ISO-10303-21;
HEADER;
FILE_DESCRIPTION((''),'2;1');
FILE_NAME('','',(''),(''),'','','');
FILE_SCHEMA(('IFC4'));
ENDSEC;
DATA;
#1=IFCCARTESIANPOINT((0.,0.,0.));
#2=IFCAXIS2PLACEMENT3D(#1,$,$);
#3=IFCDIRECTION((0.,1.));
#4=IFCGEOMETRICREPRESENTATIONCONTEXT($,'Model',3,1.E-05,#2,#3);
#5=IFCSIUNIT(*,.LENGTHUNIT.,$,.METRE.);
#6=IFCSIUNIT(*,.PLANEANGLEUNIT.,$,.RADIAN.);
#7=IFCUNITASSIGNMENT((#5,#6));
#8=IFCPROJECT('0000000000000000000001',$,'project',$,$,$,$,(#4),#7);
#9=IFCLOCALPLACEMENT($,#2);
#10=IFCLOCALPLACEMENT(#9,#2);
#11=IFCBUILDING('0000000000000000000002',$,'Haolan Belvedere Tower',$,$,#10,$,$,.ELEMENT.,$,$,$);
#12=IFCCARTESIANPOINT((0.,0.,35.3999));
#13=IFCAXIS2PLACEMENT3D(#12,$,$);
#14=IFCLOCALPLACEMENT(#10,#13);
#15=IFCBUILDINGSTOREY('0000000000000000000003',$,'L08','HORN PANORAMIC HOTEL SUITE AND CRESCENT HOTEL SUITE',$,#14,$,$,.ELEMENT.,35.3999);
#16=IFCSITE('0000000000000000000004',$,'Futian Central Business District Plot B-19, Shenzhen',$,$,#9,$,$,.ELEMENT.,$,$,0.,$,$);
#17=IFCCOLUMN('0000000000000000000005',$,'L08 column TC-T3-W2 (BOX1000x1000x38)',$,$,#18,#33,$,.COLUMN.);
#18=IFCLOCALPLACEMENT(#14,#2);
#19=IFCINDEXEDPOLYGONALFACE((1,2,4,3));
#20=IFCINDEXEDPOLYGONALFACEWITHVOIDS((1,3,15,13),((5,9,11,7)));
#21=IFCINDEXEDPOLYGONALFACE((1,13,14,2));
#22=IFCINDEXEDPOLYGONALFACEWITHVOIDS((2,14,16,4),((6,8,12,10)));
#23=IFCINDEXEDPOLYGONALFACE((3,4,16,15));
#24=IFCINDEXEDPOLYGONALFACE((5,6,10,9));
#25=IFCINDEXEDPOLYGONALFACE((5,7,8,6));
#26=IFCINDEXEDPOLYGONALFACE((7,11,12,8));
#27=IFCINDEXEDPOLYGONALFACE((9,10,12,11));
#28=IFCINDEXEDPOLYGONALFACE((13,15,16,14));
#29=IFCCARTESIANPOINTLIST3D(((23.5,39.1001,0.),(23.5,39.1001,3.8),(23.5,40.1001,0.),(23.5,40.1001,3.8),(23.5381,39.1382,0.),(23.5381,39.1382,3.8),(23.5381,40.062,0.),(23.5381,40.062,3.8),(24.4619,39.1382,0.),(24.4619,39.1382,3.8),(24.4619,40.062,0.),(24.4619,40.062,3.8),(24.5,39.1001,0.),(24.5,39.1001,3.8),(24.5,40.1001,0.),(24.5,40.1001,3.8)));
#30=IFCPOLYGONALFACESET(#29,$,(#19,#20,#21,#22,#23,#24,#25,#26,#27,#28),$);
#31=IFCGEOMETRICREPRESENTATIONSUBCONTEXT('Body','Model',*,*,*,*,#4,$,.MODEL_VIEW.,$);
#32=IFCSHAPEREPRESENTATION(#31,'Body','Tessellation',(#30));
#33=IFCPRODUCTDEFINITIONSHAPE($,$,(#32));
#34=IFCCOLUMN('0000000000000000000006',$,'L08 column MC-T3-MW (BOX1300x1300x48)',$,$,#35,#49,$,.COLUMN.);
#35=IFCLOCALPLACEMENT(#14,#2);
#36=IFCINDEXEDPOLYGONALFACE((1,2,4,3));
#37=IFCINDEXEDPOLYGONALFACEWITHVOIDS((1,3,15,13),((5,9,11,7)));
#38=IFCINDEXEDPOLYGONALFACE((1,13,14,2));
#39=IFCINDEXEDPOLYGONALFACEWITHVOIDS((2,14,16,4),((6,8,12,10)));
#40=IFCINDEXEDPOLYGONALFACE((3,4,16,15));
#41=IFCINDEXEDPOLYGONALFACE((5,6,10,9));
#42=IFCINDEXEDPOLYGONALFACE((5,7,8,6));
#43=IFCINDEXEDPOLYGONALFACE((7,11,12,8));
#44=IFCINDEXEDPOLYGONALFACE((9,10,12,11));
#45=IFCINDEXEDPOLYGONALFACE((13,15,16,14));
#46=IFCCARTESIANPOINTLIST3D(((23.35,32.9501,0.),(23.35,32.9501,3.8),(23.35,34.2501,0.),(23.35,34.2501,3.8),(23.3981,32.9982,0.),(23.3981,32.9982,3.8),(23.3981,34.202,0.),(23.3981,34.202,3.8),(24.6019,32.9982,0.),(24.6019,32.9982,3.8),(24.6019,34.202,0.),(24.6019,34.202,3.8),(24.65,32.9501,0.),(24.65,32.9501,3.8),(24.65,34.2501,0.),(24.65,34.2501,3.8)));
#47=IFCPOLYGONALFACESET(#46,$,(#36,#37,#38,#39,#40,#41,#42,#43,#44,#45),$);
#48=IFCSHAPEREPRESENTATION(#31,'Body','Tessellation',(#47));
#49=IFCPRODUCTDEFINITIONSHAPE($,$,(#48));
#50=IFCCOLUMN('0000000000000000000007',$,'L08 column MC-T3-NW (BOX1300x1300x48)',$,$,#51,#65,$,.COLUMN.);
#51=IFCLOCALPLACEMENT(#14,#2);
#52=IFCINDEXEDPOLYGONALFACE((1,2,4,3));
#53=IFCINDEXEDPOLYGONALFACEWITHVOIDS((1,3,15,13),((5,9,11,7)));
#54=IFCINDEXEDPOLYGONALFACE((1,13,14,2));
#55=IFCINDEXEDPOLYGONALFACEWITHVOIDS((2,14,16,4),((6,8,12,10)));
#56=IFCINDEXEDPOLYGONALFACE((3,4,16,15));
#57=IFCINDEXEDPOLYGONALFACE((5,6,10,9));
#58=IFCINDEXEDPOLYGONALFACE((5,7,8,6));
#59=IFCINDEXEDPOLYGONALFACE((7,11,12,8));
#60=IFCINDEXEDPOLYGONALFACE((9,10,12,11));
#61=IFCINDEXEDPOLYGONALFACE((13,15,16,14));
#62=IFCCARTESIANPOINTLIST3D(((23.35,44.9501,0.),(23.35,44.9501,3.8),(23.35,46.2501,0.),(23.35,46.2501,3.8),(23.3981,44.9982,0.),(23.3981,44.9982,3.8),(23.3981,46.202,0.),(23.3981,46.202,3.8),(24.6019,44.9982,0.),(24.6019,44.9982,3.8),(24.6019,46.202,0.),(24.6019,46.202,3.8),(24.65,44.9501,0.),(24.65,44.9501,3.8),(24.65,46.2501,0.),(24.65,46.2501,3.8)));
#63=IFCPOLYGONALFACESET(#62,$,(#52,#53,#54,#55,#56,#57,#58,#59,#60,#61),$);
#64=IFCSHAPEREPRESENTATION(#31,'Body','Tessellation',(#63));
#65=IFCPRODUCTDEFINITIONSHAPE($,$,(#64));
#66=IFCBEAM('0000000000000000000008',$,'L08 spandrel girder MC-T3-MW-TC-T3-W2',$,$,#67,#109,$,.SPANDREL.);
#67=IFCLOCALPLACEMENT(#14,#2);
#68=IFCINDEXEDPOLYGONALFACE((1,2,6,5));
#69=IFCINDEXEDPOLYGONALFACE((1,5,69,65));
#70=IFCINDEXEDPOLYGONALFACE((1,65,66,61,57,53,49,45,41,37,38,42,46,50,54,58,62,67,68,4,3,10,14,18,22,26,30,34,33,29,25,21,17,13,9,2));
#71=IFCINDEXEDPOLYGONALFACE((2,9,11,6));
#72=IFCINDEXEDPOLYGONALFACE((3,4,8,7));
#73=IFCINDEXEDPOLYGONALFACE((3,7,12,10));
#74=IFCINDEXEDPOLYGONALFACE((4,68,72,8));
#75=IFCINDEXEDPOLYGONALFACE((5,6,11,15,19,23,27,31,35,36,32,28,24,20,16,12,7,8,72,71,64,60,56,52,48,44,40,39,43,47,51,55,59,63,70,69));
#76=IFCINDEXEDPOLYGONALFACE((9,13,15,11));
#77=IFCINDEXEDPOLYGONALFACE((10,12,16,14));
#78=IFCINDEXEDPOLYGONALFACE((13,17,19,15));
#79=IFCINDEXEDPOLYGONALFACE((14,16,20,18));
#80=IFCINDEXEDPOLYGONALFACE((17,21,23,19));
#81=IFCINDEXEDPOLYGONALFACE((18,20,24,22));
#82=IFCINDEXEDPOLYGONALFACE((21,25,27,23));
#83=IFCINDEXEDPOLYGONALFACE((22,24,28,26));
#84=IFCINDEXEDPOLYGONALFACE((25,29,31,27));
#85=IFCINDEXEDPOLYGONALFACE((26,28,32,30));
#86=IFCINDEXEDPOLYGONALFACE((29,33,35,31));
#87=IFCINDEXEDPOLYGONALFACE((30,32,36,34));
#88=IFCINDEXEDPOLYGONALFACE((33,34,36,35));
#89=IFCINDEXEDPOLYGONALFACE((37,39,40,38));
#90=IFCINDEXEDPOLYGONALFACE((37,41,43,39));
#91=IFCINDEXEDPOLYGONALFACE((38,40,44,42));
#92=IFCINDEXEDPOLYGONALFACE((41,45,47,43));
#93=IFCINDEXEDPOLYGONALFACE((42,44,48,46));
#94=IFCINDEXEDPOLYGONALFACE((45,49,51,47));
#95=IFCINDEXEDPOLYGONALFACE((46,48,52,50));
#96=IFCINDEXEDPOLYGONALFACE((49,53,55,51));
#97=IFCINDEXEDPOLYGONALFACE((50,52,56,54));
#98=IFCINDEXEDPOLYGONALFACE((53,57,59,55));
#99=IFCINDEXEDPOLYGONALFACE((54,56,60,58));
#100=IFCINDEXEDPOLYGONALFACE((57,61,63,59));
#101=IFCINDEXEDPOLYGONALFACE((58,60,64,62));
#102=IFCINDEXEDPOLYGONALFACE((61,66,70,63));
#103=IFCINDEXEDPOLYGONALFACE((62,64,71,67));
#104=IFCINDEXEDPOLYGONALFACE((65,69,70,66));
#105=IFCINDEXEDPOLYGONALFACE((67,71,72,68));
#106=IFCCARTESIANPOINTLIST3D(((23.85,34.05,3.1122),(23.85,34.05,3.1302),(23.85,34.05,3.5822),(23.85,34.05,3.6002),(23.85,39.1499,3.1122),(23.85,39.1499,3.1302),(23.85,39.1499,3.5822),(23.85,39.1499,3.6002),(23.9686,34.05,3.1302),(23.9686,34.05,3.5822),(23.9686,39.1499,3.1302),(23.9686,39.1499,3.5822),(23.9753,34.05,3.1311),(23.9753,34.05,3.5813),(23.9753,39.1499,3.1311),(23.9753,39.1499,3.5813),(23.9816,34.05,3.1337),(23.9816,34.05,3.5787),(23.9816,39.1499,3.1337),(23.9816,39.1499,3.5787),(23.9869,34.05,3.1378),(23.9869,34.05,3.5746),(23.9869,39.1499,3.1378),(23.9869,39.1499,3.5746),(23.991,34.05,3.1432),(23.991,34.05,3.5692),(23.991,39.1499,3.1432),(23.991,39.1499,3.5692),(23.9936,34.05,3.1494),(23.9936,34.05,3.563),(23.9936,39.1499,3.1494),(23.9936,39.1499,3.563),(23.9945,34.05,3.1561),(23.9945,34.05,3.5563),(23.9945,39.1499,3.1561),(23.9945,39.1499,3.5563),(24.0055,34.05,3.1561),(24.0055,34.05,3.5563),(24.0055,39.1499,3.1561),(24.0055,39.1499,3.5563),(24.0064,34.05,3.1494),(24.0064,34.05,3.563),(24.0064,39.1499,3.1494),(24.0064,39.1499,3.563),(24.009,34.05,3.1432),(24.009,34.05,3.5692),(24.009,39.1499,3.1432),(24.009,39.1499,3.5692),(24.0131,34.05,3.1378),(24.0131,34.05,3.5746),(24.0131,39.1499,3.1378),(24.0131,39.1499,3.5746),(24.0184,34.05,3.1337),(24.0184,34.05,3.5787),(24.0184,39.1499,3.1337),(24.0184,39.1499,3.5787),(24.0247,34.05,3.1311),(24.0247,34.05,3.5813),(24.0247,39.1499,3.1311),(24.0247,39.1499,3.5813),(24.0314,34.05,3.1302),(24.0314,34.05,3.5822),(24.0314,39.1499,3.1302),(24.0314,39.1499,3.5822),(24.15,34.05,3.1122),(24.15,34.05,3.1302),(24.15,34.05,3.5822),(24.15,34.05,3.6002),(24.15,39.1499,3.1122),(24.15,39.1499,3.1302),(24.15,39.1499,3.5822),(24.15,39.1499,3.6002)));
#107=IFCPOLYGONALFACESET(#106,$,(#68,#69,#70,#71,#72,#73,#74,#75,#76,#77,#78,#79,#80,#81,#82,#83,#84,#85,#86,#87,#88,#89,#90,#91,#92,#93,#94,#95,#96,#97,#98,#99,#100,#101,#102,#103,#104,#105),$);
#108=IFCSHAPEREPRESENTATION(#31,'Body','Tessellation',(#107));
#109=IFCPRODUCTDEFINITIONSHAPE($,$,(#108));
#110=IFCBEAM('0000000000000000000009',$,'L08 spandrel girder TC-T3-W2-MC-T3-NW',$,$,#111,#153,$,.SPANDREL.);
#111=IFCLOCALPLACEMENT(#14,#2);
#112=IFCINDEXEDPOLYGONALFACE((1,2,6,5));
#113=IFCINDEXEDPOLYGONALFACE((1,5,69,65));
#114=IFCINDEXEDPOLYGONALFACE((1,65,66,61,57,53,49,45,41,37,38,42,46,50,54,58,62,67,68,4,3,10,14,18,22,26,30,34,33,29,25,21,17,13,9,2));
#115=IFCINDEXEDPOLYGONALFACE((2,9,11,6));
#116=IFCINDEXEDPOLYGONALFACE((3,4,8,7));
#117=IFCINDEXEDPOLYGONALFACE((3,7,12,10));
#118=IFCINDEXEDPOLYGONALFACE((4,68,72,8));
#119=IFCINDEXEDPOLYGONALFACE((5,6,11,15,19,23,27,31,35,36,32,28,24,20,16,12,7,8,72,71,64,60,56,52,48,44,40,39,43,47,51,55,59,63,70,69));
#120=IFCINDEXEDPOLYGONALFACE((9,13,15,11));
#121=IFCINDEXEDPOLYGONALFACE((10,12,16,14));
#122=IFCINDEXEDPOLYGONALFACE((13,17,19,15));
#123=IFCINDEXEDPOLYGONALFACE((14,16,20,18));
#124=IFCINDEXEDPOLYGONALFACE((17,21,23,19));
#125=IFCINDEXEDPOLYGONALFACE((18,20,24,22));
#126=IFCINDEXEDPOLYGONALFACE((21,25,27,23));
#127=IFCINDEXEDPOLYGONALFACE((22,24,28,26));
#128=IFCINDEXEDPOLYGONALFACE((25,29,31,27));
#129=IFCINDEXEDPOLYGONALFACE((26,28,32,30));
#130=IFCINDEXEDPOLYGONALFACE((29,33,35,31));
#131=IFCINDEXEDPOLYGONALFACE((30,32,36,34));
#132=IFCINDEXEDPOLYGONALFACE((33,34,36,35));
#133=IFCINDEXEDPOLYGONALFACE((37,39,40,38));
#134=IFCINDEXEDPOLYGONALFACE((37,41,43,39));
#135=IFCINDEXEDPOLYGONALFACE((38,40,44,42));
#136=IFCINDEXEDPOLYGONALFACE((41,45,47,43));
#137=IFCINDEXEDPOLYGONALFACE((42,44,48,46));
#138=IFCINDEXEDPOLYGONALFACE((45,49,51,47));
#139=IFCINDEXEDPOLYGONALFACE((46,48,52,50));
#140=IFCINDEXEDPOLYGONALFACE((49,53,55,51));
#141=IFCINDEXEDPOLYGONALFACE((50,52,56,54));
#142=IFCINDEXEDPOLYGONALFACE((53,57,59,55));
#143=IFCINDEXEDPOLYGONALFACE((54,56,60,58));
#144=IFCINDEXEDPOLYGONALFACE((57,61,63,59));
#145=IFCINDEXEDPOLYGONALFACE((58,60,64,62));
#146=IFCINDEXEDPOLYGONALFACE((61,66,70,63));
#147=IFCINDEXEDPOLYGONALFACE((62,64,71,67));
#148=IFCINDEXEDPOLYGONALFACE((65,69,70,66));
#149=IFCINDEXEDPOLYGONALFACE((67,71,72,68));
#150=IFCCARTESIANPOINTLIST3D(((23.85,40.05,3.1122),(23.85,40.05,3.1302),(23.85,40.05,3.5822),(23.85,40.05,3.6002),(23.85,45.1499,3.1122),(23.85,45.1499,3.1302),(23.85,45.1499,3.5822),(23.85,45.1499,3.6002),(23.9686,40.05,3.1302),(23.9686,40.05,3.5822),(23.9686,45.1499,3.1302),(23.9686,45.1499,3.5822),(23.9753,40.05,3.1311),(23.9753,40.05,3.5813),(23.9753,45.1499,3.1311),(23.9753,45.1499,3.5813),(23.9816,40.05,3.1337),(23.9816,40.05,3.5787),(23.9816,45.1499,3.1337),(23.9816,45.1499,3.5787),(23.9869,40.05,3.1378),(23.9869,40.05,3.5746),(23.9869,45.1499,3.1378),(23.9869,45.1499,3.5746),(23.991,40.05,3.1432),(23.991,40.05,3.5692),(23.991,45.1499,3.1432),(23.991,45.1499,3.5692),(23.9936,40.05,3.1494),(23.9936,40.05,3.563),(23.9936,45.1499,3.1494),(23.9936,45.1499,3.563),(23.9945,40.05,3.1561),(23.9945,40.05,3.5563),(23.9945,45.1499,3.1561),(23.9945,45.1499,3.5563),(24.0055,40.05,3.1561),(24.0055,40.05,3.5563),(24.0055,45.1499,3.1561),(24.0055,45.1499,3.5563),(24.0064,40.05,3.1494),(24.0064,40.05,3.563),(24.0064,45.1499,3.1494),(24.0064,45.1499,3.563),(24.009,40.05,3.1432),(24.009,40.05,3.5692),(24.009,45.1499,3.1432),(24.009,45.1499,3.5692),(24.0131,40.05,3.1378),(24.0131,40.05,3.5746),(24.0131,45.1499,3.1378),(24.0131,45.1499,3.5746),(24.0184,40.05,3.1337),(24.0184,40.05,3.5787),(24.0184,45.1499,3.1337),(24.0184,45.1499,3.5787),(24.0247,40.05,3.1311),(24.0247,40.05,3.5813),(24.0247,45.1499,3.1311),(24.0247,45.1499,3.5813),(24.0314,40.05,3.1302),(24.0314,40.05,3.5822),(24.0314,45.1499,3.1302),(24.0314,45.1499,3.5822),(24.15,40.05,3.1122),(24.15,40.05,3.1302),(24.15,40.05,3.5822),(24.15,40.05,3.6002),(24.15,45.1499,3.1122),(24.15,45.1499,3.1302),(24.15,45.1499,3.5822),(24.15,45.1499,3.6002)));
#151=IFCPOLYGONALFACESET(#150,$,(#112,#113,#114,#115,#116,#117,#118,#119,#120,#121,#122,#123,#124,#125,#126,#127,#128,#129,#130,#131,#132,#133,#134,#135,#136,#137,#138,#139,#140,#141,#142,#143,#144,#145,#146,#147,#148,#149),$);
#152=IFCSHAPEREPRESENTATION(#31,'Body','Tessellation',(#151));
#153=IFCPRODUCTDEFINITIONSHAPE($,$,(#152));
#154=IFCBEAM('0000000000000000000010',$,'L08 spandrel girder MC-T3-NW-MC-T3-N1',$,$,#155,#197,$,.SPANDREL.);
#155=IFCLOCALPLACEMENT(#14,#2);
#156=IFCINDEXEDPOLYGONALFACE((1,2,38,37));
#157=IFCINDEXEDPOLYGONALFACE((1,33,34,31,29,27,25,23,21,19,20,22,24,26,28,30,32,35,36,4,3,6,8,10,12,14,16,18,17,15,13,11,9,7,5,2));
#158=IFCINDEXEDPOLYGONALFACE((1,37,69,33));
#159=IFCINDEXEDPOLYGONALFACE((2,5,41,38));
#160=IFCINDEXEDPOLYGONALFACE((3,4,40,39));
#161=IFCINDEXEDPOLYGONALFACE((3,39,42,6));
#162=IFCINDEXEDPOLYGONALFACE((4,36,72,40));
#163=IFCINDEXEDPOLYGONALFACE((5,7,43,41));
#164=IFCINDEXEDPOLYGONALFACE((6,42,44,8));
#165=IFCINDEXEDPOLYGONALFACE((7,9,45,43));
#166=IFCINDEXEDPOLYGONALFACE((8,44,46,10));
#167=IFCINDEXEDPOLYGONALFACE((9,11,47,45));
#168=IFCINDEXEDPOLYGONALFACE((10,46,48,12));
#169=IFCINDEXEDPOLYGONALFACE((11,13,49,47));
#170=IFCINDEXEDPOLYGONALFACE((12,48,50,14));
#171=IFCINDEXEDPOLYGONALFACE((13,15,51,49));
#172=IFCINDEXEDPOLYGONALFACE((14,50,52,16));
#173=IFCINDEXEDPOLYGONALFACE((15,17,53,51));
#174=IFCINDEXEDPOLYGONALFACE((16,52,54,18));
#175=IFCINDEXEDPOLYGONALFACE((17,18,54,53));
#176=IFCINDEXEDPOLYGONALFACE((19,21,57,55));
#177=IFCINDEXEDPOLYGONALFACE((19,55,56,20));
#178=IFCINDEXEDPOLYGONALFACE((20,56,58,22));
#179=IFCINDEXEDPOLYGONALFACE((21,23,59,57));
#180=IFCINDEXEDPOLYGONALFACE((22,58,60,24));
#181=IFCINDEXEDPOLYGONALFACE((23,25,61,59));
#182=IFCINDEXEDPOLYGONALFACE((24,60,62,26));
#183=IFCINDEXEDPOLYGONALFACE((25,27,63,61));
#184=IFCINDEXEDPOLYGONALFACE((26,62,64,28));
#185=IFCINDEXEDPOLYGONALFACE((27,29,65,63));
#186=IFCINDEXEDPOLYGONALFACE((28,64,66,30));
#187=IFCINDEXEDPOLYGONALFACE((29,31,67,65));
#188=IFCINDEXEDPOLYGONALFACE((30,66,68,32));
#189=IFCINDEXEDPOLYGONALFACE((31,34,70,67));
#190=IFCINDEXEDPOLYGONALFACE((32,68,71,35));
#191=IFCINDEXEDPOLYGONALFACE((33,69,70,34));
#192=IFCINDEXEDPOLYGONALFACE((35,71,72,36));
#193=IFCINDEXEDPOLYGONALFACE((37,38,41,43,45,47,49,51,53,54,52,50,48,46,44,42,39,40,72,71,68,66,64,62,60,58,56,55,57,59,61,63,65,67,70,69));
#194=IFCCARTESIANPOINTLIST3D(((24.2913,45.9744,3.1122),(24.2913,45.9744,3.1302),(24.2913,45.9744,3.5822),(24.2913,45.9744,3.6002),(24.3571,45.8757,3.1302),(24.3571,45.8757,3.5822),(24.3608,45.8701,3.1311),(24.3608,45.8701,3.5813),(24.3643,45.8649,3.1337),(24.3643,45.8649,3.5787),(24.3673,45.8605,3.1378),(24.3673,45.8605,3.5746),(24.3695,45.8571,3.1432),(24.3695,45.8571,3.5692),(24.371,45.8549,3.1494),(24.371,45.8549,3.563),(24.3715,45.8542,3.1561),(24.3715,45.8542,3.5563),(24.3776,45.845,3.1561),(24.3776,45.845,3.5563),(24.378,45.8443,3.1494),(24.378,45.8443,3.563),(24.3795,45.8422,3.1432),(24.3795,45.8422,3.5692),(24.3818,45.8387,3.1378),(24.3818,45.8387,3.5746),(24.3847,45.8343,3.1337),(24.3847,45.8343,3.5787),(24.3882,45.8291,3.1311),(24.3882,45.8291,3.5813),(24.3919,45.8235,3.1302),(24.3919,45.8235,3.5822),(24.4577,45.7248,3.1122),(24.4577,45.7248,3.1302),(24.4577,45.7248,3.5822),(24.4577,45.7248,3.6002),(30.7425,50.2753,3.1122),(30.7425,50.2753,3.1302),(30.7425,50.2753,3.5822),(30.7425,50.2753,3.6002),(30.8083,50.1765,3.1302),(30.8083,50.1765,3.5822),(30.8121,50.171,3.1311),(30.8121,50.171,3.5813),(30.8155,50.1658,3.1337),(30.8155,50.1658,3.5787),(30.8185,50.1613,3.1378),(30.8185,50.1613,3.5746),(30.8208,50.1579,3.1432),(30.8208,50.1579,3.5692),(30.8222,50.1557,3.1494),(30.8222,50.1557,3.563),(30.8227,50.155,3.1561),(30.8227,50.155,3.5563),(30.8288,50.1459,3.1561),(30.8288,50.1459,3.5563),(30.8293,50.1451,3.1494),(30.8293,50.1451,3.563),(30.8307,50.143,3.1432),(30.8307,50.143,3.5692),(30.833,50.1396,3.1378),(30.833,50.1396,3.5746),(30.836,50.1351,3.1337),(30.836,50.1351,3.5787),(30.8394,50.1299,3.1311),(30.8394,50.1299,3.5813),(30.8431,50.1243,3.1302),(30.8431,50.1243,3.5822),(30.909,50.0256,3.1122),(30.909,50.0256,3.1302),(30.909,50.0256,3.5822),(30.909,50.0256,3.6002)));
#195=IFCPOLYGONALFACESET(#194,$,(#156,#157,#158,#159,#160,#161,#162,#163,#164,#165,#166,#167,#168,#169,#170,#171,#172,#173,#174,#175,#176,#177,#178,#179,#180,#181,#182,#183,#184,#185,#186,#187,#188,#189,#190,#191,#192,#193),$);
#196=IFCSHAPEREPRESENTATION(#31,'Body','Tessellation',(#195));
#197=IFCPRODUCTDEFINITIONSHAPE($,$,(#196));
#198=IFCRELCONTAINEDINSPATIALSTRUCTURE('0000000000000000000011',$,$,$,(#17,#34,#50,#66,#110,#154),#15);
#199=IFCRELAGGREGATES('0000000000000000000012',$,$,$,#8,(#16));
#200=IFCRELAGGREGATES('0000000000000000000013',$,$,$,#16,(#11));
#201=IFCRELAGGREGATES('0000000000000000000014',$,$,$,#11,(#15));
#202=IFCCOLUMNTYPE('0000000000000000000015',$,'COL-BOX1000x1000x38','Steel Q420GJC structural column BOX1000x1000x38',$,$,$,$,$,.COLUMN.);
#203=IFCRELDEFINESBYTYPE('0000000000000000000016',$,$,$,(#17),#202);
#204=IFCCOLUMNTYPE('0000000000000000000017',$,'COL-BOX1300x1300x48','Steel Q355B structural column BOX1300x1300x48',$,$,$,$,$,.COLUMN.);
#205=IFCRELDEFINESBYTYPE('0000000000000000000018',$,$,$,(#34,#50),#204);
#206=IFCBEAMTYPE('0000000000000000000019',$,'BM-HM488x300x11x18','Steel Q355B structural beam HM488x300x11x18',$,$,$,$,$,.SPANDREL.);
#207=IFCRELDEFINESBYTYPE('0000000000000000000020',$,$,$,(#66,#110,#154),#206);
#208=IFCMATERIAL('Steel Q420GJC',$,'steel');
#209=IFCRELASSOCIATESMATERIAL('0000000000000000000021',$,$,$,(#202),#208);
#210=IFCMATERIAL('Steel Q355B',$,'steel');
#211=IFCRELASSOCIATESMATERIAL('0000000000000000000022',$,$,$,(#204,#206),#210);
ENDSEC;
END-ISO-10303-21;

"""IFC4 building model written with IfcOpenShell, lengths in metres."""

from ifc_helpers import new_model, si_unit, direction, frame, origin, origin_2d, place, context, subcontext, project, spatial, hollow_rectangle, i_section, extrude, material, material_profile, profile_set, type_object, element, save


model = new_model("IFC4")

# Units and contexts
model_context = context("Model", 3, precision=1e-05, world=origin(), true_north=direction((0.0, 1.0)))
body_context = subcontext(model_context, "Body", "Model", "MODEL_VIEW")
ifc_project = project(units=[si_unit("LENGTHUNIT", "METRE"), si_unit("PLANEANGLEUNIT", "RADIAN")], contexts=[model_context])

# Site, building, storey
site_placement = place(None, origin())
site = spatial("IfcSite", under=ifc_project, at=site_placement, Name="Futian Central Business District Plot B-19, Shenzhen", CompositionType="ELEMENT", RefElevation=0.0)
building_placement = place(site_placement, origin())
building = spatial("IfcBuilding", under=site, at=building_placement, Name="Haolan Belvedere Tower", CompositionType="ELEMENT")
storey_placement = place(building_placement, frame((0.0, 0.0, 35.3999)))
storey = spatial("IfcBuildingStorey", under=building, at=storey_placement, Name="L08", Description="HORN PANORAMIC HOTEL SUITE AND CRESCENT HOTEL SUITE", CompositionType="ELEMENT", Elevation=35.3999)

# Columns
ifc_material_1 = material(Name="Steel Q420GJC", Category="steel")
ifc_material_profile_1 = material_profile(ifc_material_1, hollow_rectangle(XDim=1.0, YDim=1.0, WallThickness=0.0381, at=origin_2d()), Name="Steel Q420GJC")
ifc_profile_set_1 = profile_set([ifc_material_profile_1], Name="Steel Q420GJC")
column_type_1 = type_object("IfcColumnType", Name="COL-BOX1000x1000x38", Description="Steel Q420GJC structural column BOX1000x1000x38", PredefinedType="COLUMN", material=ifc_profile_set_1)
column_placement = place(storey_placement, frame((24.0, 39.6001, 0.0), z_axis=(0.0, 0.0, 1.0), x_axis=(1.0, 0.0, 0.0)))
element("IfcColumn", 1, at=column_placement, inside=storey, type_object=column_type_1, Name="L08 column TC-T3-W2 (BOX1000x1000x38)", PredefinedType="COLUMN", context=body_context, shape_type="SweptSolid", body=[
    extrude(hollow_rectangle(XDim=1.0, YDim=1.0, WallThickness=0.0381, at=origin_2d()), origin(), (0.0, 0.0, 1.0), 3.8),
])
ifc_material_2 = material(Name="Steel Q355B", Category="steel")
ifc_material_profile_2 = material_profile(ifc_material_2, hollow_rectangle(XDim=1.3, YDim=1.3, WallThickness=0.0481, at=origin_2d()), Name="Steel Q355B")
ifc_profile_set_2 = profile_set([ifc_material_profile_2], Name="Steel Q355B")
column_type_2 = type_object("IfcColumnType", Name="COL-BOX1300x1300x48", Description="Steel Q355B structural column BOX1300x1300x48", PredefinedType="COLUMN", material=ifc_profile_set_2)
for number, where, z_axis, x_axis, name in (
    (2, (24.0, 33.6001, 0.0), (0.0, 0.0, 1.0), (1.0, 0.0, 0.0), "L08 column MC-T3-MW (BOX1300x1300x48)"),
    (3, (24.0, 45.6001, 0.0), (0.0, 0.0, 1.0), (1.0, 0.0, 0.0), "L08 column MC-T3-NW (BOX1300x1300x48)"),
):
    element("IfcColumn", number, at=place(storey_placement, frame(where, z_axis=z_axis, x_axis=x_axis)), inside=storey, type_object=column_type_2, Name=name, PredefinedType="COLUMN", context=body_context, shape_type="SweptSolid", body=[
        extrude(hollow_rectangle(XDim=1.3, YDim=1.3, WallThickness=0.0481, at=origin_2d()), origin(), (0.0, 0.0, 1.0), 3.8),
    ])

# Beams
ifc_material_profile_3 = material_profile(ifc_material_2, i_section(OverallWidth=0.3, OverallDepth=0.488, WebThickness=0.011, FlangeThickness=0.0181, FilletRadius=0.0259, at=origin_2d()), Name="Steel Q355B")
ifc_profile_set_3 = profile_set([ifc_material_profile_3], Name="Steel Q355B")
beam_type_1 = type_object("IfcBeamType", Name="BM-HM488x300x11x18", Description="Steel Q355B structural beam HM488x300x11x18", PredefinedType="SPANDREL", material=ifc_profile_set_3)
for number, where, z_axis, x_axis, name in (
    (4, (24.0, 34.05, 3.3562), (0.0, 1.0, 0.0), (-1.0, 0.0, 0.0), "L08 spandrel girder MC-T3-MW-TC-T3-W2"),
    (5, (24.0, 40.05, 3.3562), (0.0, 1.0, 0.0), (-1.0, 0.0, 0.0), "L08 spandrel girder TC-T3-W2-MC-T3-NW"),
):
    element("IfcBeam", number, at=place(storey_placement, frame(where, z_axis=z_axis, x_axis=x_axis)), inside=storey, type_object=beam_type_1, Name=name, PredefinedType="SPANDREL", context=body_context, shape_type="SweptSolid", body=[
        extrude(i_section(OverallWidth=0.3, OverallDepth=0.488, WebThickness=0.011, FlangeThickness=0.0181, FilletRadius=0.0259, at=origin_2d()), origin(), (0.0, 0.0, 1.0), 5.0999),
    ])
beam_placement = place(storey_placement, frame((24.3745, 45.8496, 3.3562), z_axis=(0.83205, 0.5547, 0.0), x_axis=(-0.5547, 0.83205, 0.0)))
element("IfcBeam", 6, at=beam_placement, inside=storey, type_object=beam_type_1, Name="L08 spandrel girder MC-T3-NW-MC-T3-N1", PredefinedType="SPANDREL", context=body_context, shape_type="SweptSolid", body=[
    extrude(i_section(OverallWidth=0.3, OverallDepth=0.488, WebThickness=0.011, FlangeThickness=0.0181, FilletRadius=0.0259, at=origin_2d()), origin(), (0.0, 0.0, 1.0), 7.7534),
])

save(model, "model.ifc")
